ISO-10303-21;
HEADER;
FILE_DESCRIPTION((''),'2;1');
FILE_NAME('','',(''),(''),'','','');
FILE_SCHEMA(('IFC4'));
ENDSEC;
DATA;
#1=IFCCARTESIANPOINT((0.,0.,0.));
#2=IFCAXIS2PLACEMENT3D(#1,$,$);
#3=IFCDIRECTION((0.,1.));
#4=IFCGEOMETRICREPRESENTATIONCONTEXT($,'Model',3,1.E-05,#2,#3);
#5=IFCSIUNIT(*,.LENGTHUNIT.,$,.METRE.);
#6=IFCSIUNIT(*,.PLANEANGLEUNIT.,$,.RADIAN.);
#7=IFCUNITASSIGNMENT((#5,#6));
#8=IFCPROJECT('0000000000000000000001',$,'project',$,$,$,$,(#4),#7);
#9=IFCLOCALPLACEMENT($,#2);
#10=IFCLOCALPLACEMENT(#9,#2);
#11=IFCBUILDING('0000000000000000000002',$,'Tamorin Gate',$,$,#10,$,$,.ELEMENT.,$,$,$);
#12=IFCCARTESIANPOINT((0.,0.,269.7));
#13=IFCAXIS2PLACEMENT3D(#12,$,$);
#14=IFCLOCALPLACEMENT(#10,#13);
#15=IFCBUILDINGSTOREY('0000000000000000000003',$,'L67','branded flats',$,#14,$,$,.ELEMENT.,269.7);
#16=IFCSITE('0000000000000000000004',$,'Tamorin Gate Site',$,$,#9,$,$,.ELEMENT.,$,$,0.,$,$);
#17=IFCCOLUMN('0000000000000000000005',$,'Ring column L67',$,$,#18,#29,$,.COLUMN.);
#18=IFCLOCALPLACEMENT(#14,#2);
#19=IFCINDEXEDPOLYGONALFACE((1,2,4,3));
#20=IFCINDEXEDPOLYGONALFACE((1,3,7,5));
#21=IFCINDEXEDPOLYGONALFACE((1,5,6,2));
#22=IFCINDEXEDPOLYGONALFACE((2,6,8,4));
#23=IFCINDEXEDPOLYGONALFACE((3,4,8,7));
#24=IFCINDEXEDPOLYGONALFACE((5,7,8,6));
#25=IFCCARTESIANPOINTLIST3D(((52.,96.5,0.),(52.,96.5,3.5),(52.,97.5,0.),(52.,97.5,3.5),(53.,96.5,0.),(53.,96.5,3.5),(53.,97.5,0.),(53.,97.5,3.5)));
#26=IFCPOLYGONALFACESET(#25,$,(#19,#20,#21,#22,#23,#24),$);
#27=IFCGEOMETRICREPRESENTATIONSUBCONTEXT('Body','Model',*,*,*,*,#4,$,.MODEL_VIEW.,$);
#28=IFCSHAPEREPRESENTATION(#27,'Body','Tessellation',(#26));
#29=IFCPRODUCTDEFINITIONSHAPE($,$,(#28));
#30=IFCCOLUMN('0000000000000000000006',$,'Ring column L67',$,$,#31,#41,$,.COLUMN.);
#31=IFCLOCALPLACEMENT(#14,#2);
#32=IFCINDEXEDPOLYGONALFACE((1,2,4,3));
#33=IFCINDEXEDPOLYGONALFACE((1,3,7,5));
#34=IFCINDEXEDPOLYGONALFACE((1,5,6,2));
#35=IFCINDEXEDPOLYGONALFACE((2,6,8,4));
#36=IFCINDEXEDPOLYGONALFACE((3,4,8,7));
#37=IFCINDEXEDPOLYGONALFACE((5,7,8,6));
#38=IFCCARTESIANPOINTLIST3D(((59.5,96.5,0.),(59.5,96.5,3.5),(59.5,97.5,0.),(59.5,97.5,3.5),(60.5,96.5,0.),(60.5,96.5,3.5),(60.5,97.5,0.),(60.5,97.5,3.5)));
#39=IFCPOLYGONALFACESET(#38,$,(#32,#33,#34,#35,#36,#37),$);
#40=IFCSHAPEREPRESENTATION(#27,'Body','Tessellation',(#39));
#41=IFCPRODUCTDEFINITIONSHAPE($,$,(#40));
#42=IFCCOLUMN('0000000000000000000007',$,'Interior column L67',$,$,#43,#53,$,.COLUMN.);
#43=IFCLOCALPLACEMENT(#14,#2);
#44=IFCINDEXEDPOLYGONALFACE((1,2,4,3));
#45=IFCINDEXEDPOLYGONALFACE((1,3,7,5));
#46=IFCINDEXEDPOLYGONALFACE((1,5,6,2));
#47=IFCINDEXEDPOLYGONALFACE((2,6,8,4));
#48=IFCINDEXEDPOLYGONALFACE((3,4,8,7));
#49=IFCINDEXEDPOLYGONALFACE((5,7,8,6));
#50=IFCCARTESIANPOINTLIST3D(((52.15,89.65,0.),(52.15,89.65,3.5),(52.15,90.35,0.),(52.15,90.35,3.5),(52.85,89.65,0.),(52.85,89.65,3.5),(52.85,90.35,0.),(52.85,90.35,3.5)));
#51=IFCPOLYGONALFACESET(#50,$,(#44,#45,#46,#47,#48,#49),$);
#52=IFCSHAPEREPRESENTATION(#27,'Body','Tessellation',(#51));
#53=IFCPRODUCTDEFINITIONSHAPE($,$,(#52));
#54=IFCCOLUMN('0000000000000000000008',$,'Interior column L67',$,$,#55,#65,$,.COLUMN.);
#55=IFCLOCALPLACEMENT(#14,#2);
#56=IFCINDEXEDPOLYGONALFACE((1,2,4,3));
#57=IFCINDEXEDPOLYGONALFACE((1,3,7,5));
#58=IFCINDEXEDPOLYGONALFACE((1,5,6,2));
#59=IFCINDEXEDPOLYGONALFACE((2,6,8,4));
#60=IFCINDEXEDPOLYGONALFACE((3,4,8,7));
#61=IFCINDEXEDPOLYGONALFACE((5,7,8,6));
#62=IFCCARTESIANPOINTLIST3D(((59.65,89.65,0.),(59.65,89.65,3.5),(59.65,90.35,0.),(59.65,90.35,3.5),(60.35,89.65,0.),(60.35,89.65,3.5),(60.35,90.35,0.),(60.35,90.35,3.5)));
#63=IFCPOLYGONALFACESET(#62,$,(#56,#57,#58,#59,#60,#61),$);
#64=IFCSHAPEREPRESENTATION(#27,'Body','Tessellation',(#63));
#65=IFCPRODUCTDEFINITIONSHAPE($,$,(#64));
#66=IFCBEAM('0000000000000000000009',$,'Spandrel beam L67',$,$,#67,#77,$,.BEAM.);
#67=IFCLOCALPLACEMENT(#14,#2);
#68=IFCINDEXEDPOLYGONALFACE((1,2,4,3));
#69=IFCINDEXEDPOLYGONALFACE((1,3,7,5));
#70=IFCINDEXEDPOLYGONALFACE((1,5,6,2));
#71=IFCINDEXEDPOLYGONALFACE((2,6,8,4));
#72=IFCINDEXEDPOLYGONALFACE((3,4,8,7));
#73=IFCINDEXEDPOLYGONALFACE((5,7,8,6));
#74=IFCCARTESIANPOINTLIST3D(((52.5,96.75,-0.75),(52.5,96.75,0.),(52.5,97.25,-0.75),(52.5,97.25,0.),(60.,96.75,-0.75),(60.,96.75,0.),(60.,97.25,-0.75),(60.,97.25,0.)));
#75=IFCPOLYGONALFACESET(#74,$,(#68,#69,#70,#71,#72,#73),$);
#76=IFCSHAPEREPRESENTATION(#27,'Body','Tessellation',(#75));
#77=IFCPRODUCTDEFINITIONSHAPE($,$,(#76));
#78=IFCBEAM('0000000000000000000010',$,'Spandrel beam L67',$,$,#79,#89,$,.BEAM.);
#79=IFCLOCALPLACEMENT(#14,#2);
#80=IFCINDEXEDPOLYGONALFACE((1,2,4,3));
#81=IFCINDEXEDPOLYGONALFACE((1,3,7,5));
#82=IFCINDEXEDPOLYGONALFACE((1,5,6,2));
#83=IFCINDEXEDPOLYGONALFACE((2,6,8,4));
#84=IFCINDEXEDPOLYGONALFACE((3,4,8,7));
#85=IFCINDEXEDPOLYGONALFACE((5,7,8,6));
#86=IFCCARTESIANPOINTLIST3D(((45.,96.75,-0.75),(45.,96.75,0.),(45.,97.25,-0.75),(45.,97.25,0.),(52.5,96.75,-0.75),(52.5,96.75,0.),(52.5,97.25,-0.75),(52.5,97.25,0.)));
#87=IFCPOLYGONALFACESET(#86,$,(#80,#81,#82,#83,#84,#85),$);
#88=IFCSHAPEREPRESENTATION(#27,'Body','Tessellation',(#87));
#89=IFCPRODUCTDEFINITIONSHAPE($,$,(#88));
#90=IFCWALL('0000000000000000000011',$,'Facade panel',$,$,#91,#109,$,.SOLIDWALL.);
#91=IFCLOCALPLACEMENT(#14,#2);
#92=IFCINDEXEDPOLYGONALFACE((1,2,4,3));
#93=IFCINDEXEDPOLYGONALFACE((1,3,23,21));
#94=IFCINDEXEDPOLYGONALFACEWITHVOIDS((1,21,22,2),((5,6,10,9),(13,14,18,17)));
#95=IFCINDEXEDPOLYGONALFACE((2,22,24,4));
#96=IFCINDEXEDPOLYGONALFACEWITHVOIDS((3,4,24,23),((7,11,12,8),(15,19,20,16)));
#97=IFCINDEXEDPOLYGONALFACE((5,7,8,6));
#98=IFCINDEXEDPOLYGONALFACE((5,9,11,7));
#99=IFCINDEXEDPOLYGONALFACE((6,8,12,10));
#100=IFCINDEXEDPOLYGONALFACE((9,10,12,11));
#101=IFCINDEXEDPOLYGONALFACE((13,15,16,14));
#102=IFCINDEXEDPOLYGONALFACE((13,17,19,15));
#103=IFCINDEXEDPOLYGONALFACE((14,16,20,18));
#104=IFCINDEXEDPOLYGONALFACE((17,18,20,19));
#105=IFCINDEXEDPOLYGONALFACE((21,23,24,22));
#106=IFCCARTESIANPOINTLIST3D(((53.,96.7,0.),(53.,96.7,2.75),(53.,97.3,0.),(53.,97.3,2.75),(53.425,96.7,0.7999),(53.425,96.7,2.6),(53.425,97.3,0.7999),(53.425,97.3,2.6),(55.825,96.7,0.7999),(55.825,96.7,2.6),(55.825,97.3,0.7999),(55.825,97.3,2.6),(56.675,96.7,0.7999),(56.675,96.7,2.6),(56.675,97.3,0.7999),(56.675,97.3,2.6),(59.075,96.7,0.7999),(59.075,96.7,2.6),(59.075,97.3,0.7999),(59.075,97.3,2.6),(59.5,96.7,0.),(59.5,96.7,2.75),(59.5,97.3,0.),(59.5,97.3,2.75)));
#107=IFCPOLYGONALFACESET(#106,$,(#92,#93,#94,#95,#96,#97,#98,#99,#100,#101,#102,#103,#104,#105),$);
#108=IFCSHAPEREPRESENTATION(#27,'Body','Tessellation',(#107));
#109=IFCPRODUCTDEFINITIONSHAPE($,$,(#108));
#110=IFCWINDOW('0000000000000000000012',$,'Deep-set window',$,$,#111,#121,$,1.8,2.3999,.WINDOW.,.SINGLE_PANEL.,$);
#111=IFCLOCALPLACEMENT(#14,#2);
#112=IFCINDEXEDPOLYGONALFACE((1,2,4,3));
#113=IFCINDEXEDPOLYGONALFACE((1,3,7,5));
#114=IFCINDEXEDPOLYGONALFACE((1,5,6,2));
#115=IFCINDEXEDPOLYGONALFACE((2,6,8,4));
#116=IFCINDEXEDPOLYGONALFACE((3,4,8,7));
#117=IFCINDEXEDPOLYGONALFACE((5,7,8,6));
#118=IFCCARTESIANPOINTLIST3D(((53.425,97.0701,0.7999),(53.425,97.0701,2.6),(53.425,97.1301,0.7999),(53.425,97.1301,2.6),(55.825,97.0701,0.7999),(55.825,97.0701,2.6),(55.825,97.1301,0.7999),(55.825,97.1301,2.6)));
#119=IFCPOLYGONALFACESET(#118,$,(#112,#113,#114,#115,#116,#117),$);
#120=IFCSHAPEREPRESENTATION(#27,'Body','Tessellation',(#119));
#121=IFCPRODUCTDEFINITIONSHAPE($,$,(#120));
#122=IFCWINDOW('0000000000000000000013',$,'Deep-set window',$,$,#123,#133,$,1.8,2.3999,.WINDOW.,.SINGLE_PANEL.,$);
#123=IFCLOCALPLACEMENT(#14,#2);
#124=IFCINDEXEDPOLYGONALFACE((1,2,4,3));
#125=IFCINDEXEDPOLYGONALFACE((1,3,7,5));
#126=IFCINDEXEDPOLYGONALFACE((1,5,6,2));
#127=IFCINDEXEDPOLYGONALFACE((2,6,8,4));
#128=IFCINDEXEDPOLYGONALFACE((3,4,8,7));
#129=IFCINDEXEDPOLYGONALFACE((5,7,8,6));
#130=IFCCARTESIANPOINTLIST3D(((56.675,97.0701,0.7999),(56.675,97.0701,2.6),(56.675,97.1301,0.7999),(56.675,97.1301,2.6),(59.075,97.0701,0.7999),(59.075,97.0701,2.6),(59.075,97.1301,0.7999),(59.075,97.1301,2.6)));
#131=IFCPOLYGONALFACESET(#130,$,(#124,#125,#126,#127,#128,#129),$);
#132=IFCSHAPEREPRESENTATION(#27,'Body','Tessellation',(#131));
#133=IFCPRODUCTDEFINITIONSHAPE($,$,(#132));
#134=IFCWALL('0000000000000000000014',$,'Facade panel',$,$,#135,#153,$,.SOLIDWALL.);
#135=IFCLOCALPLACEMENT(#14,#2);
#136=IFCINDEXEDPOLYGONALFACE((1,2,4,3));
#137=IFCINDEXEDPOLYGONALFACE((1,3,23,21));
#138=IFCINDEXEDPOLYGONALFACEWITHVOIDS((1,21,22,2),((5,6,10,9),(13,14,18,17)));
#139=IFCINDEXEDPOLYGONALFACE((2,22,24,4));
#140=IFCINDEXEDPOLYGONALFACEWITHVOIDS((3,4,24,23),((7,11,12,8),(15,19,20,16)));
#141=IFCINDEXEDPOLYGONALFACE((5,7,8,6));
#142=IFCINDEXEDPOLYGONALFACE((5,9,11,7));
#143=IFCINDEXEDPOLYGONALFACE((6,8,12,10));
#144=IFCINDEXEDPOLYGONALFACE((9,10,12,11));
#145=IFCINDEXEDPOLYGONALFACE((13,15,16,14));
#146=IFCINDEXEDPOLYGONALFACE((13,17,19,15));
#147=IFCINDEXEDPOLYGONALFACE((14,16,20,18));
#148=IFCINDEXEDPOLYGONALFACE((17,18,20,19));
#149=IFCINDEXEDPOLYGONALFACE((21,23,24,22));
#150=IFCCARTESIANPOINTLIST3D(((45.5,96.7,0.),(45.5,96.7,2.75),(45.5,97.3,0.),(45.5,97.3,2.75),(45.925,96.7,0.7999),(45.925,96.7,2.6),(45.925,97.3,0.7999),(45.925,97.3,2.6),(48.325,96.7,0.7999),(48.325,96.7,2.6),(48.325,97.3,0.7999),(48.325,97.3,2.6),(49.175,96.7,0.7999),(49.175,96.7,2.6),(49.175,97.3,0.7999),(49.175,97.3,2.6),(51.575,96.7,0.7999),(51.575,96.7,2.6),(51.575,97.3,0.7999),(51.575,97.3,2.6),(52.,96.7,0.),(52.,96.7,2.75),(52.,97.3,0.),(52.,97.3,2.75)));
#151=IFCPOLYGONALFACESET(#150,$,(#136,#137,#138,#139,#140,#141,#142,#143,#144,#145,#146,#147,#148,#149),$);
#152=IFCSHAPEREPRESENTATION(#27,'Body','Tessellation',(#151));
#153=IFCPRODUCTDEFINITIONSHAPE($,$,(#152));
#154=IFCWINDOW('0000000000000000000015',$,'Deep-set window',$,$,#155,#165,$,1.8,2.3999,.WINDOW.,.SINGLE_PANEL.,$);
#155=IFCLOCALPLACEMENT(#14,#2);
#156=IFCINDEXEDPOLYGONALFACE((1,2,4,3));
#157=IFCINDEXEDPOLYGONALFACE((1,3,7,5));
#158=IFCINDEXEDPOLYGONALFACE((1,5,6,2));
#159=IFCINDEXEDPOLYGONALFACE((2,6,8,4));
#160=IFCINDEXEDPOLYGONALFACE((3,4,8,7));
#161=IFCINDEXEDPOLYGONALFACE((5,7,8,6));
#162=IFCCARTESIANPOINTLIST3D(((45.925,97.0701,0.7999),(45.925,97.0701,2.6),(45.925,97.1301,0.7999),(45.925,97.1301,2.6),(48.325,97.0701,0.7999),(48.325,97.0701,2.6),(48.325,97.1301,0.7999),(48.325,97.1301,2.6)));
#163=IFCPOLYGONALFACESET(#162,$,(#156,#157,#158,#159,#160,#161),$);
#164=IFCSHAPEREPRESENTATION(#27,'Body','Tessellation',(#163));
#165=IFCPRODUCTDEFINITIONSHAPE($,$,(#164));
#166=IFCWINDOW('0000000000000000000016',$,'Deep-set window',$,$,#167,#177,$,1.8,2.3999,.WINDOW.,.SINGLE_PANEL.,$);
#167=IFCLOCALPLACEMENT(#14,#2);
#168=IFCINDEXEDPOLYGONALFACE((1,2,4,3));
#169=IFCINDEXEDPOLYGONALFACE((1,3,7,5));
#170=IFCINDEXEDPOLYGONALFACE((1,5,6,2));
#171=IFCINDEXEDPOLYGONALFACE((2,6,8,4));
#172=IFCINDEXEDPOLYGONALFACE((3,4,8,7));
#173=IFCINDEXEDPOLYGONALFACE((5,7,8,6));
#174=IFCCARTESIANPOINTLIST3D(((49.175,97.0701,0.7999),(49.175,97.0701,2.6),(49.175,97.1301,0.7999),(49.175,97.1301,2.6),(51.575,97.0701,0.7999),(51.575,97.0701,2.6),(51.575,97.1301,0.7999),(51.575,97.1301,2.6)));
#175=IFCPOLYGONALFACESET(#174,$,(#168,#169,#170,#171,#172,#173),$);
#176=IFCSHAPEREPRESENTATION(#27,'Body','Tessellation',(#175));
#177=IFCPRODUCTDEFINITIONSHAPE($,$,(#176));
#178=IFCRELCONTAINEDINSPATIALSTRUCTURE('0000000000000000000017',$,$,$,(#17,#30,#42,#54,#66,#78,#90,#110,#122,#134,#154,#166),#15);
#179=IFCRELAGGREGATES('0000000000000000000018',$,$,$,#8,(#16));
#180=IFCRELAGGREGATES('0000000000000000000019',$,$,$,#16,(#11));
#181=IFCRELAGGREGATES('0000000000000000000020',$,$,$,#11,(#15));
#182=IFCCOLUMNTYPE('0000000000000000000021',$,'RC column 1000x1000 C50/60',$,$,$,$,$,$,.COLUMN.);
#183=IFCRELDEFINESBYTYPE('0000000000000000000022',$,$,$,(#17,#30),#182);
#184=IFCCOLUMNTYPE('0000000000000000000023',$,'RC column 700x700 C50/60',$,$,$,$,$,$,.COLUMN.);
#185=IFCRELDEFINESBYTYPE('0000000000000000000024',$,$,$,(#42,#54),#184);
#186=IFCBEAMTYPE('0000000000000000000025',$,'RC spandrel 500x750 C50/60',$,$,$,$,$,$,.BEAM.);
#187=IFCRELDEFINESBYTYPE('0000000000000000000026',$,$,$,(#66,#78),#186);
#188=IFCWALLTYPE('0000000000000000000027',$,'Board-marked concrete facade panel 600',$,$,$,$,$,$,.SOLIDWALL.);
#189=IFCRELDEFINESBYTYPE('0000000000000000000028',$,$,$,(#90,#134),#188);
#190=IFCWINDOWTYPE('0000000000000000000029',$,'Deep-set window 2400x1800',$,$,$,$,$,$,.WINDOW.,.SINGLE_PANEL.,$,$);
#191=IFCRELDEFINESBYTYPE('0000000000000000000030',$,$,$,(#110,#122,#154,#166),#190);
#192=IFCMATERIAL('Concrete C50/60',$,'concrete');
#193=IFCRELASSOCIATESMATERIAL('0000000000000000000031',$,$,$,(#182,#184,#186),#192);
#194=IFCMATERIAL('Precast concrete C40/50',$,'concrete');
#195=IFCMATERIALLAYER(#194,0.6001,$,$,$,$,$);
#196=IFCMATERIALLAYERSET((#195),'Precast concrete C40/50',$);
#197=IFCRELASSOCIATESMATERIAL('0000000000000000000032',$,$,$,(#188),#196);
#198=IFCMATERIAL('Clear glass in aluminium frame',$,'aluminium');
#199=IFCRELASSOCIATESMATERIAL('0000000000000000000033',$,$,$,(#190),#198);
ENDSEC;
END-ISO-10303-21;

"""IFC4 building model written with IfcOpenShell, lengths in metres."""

from ifc_helpers import new_model, si_unit, direction, frame, frame_2d, origin, origin_2d, place, context, subcontext, project, spatial, rectangle, extrude, material, layer, layer_set, material_profile, profile_set, type_object, element, fill, save


model = new_model("IFC4")

# Units and contexts
model_context = context("Model", 3, precision=1e-05, world=origin(), true_north=direction((0.0, 1.0)))
body_context = subcontext(model_context, "Body", "Model", "MODEL_VIEW")
ifc_project = project(units=[si_unit("LENGTHUNIT", "METRE"), si_unit("PLANEANGLEUNIT", "RADIAN")], contexts=[model_context])

# Site, building, storey
site_placement = place(None, origin())
site = spatial("IfcSite", under=ifc_project, at=site_placement, Name="Tamorin Gate Site", CompositionType="ELEMENT", RefElevation=0.0)
building_placement = place(site_placement, origin())
building = spatial("IfcBuilding", under=site, at=building_placement, Name="Tamorin Gate", CompositionType="ELEMENT")
storey_placement = place(building_placement, frame((0.0, 0.0, 269.7)))
storey = spatial("IfcBuildingStorey", under=building, at=storey_placement, Name="L67", Description="branded flats", CompositionType="ELEMENT", Elevation=269.7)

# Columns
ifc_material_1 = material(Name="Concrete C50/60", Category="concrete")
ifc_material_profile_1 = material_profile(ifc_material_1, rectangle(XDim=1.0, YDim=1.0, at=origin_2d()), Name="RC 1000x1000")
ifc_profile_set_1 = profile_set([ifc_material_profile_1], Name="Concrete C50/60")
column_type_1 = type_object("IfcColumnType", Name="RC column 1000x1000 C50/60", PredefinedType="COLUMN", material=ifc_profile_set_1)
for number, where, z_axis, x_axis, name in (
    (1, (52.5, 97.0, 0.0), (0.0, 0.0, 1.0), (1.0, 0.0, 0.0), "Ring column L67"),
    (2, (60.0, 97.0, 0.0), (0.0, 0.0, 1.0), (1.0, 0.0, 0.0), "Ring column L67"),
):
    element("IfcColumn", number, at=place(storey_placement, frame(where, z_axis=z_axis, x_axis=x_axis)), inside=storey, type_object=column_type_1, Name=name, PredefinedType="COLUMN", context=body_context, shape_type="SweptSolid", body=[
        extrude(rectangle(XDim=1.0, YDim=1.0, at=origin_2d()), origin(), (0.0, 0.0, 1.0), 3.5),
    ])
ifc_material_profile_2 = material_profile(ifc_material_1, rectangle(XDim=0.7, YDim=0.7, at=origin_2d()), Name="RC 700x700")
ifc_profile_set_2 = profile_set([ifc_material_profile_2], Name="Concrete C50/60")
column_type_2 = type_object("IfcColumnType", Name="RC column 700x700 C50/60", PredefinedType="COLUMN", material=ifc_profile_set_2)
for number, where, z_axis, x_axis, name in (
    (3, (52.5, 90.0, 0.0), (0.0, 0.0, 1.0), (1.0, 0.0, 0.0), "Interior column L67"),
    (4, (60.0, 90.0, 0.0), (0.0, 0.0, 1.0), (1.0, 0.0, 0.0), "Interior column L67"),
):
    element("IfcColumn", number, at=place(storey_placement, frame(where, z_axis=z_axis, x_axis=x_axis)), inside=storey, type_object=column_type_2, Name=name, PredefinedType="COLUMN", context=body_context, shape_type="SweptSolid", body=[
        extrude(rectangle(XDim=0.7, YDim=0.7, at=origin_2d()), origin(), (0.0, 0.0, 1.0), 3.5),
    ])

# Beams
ifc_material_profile_3 = material_profile(ifc_material_1, rectangle(XDim=0.5, YDim=0.75, at=origin_2d()), Name="RC 500x750")
ifc_profile_set_3 = profile_set([ifc_material_profile_3], Name="Concrete C50/60")
beam_type = type_object("IfcBeamType", Name="RC spandrel 500x750 C50/60", PredefinedType="BEAM", material=ifc_profile_set_3)
for number, where, z_axis, x_axis, name in (
    (5, (60.0, 97.0, -0.375), (-1.0, 0.0, 0.0), (0.0, -1.0, 0.0), "Spandrel beam L67"),
    (6, (52.5, 97.0, -0.375), (-1.0, 0.0, 0.0), (0.0, -1.0, 0.0), "Spandrel beam L67"),
):
    element("IfcBeam", number, at=place(storey_placement, frame(where, z_axis=z_axis, x_axis=x_axis)), inside=storey, type_object=beam_type, Name=name, PredefinedType="BEAM", context=body_context, shape_type="SweptSolid", body=[
        extrude(rectangle(XDim=0.5, YDim=0.75, at=origin_2d()), origin(), (0.0, 0.0, 1.0), 7.5),
    ])

# Walls, openings, windows
ifc_material_2 = material(Name="Precast concrete C40/50", Category="concrete")
ifc_layer_1 = layer(ifc_material_2, 0.6001)
ifc_layer_set_1 = layer_set([ifc_layer_1], Name="Precast concrete C40/50")
wall_type_1 = type_object("IfcWallType", Name="Board-marked concrete facade panel 600", PredefinedType="SOLIDWALL", material=ifc_layer_set_1)
wall_1_placement = place(storey_placement, frame((59.5, 97.0, 0.0), z_axis=(0.0, 0.0, 1.0), x_axis=(-1.0, 0.0, 0.0)))
wall_1 = element("IfcWall", 7, at=wall_1_placement, inside=storey, type_object=wall_type_1, Name="Facade panel", PredefinedType="SOLIDWALL", context=body_context, shape_type="SweptSolid", body=[
    extrude(rectangle(XDim=6.5, YDim=0.6001, at=frame_2d((3.25, 0.0))), origin(), (0.0, 0.0, 1.0), 2.75),
])
opening_1_placement = place(wall_1_placement, frame((3.675, 0.0, 0.8)))
opening_1 = element("IfcOpeningElement", 8, at=opening_1_placement, cuts=wall_1, PredefinedType="OPENING", context=body_context, shape_type="SweptSolid", body=[
    extrude(rectangle(XDim=2.3999, YDim=1.8, at=frame_2d((1.2, 0.8999))), frame((0.0, 0.3101, 0.0), z_axis=(0.0, -1.0, 0.0), x_axis=(1.0, 0.0, 0.0)), (0.0, 0.0, 1.0), 0.6201),
])
opening_2_placement = place(wall_1_placement, frame((0.425, 0.0, 0.8)))
opening_2 = element("IfcOpeningElement", 9, at=opening_2_placement, cuts=wall_1, PredefinedType="OPENING", context=body_context, shape_type="SweptSolid", body=[
    extrude(rectangle(XDim=2.3999, YDim=1.8, at=frame_2d((1.2, 0.8999))), frame((0.0, 0.3101, 0.0), z_axis=(0.0, -1.0, 0.0), x_axis=(1.0, 0.0, 0.0)), (0.0, 0.0, 1.0), 0.6201),
])
ifc_material_3 = material(Name="Clear glass in aluminium frame", Category="aluminium")
window_type = type_object("IfcWindowType", Name="Deep-set window 2400x1800", PartitioningType="SINGLE_PANEL", PredefinedType="WINDOW", material=ifc_material_3)
window_1_placement = place(opening_1_placement, origin())
window_1 = element("IfcWindow", 10, at=window_1_placement, inside=storey, type_object=window_type, Name="Deep-set window", OverallHeight=1.8, OverallWidth=2.3999, PartitioningType="SINGLE_PANEL", PredefinedType="WINDOW", context=body_context, shape_type="SweptSolid", body=[
    extrude(rectangle(XDim=2.3999, YDim=1.8, at=frame_2d((1.2, 0.8999))), frame((0.0, -0.0701, 0.0), z_axis=(0.0, -1.0, 0.0), x_axis=(1.0, 0.0, 0.0)), (0.0, 0.0, 1.0), 0.0601),
])
fill(opening_1, window_1)
window_2_placement = place(opening_2_placement, origin())
window_2 = element("IfcWindow", 11, at=window_2_placement, inside=storey, type_object=window_type, Name="Deep-set window", OverallHeight=1.8, OverallWidth=2.3999, PartitioningType="SINGLE_PANEL", PredefinedType="WINDOW", context=body_context, shape_type="SweptSolid", body=[
    extrude(rectangle(XDim=2.3999, YDim=1.8, at=frame_2d((1.2, 0.8999))), frame((0.0, -0.0701, 0.0), z_axis=(0.0, -1.0, 0.0), x_axis=(1.0, 0.0, 0.0)), (0.0, 0.0, 1.0), 0.0601),
])
fill(opening_2, window_2)
wall_2_placement = place(storey_placement, frame((52.0, 97.0, 0.0), z_axis=(0.0, 0.0, 1.0), x_axis=(-1.0, 0.0, 0.0)))
wall_2 = element("IfcWall", 12, at=wall_2_placement, inside=storey, type_object=wall_type_1, Name="Facade panel", PredefinedType="SOLIDWALL", context=body_context, shape_type="SweptSolid", body=[
    extrude(rectangle(XDim=6.5, YDim=0.6001, at=frame_2d((3.25, 0.0))), origin(), (0.0, 0.0, 1.0), 2.75),
])
opening_3_placement = place(wall_2_placement, frame((3.675, 0.0, 0.8)))
opening_3 = element("IfcOpeningElement", 13, at=opening_3_placement, cuts=wall_2, PredefinedType="OPENING", context=body_context, shape_type="SweptSolid", body=[
    extrude(rectangle(XDim=2.3999, YDim=1.8, at=frame_2d((1.2, 0.8999))), frame((0.0, 0.3101, 0.0), z_axis=(0.0, -1.0, 0.0), x_axis=(1.0, 0.0, 0.0)), (0.0, 0.0, 1.0), 0.6201),
])
opening_4_placement = place(wall_2_placement, frame((0.425, 0.0, 0.8)))
opening_4 = element("IfcOpeningElement", 14, at=opening_4_placement, cuts=wall_2, PredefinedType="OPENING", context=body_context, shape_type="SweptSolid", body=[
    extrude(rectangle(XDim=2.3999, YDim=1.8, at=frame_2d((1.2, 0.8999))), frame((0.0, 0.3101, 0.0), z_axis=(0.0, -1.0, 0.0), x_axis=(1.0, 0.0, 0.0)), (0.0, 0.0, 1.0), 0.6201),
])
window_3_placement = place(opening_3_placement, origin())
window_3 = element("IfcWindow", 15, at=window_3_placement, inside=storey, type_object=window_type, Name="Deep-set window", OverallHeight=1.8, OverallWidth=2.3999, PartitioningType="SINGLE_PANEL", PredefinedType="WINDOW", context=body_context, shape_type="SweptSolid", body=[
    extrude(rectangle(XDim=2.3999, YDim=1.8, at=frame_2d((1.2, 0.8999))), frame((0.0, -0.0701, 0.0), z_axis=(0.0, -1.0, 0.0), x_axis=(1.0, 0.0, 0.0)), (0.0, 0.0, 1.0), 0.0601),
])
fill(opening_3, window_3)
window_4_placement = place(opening_4_placement, origin())
window_4 = element("IfcWindow", 16, at=window_4_placement, inside=storey, type_object=window_type, Name="Deep-set window", OverallHeight=1.8, OverallWidth=2.3999, PartitioningType="SINGLE_PANEL", PredefinedType="WINDOW", context=body_context, shape_type="SweptSolid", body=[
    extrude(rectangle(XDim=2.3999, YDim=1.8, at=frame_2d((1.2, 0.8999))), frame((0.0, -0.0701, 0.0), z_axis=(0.0, -1.0, 0.0), x_axis=(1.0, 0.0, 0.0)), (0.0, 0.0, 1.0), 0.0601),
])
fill(opening_4, window_4)

save(model, "model.ifc")
